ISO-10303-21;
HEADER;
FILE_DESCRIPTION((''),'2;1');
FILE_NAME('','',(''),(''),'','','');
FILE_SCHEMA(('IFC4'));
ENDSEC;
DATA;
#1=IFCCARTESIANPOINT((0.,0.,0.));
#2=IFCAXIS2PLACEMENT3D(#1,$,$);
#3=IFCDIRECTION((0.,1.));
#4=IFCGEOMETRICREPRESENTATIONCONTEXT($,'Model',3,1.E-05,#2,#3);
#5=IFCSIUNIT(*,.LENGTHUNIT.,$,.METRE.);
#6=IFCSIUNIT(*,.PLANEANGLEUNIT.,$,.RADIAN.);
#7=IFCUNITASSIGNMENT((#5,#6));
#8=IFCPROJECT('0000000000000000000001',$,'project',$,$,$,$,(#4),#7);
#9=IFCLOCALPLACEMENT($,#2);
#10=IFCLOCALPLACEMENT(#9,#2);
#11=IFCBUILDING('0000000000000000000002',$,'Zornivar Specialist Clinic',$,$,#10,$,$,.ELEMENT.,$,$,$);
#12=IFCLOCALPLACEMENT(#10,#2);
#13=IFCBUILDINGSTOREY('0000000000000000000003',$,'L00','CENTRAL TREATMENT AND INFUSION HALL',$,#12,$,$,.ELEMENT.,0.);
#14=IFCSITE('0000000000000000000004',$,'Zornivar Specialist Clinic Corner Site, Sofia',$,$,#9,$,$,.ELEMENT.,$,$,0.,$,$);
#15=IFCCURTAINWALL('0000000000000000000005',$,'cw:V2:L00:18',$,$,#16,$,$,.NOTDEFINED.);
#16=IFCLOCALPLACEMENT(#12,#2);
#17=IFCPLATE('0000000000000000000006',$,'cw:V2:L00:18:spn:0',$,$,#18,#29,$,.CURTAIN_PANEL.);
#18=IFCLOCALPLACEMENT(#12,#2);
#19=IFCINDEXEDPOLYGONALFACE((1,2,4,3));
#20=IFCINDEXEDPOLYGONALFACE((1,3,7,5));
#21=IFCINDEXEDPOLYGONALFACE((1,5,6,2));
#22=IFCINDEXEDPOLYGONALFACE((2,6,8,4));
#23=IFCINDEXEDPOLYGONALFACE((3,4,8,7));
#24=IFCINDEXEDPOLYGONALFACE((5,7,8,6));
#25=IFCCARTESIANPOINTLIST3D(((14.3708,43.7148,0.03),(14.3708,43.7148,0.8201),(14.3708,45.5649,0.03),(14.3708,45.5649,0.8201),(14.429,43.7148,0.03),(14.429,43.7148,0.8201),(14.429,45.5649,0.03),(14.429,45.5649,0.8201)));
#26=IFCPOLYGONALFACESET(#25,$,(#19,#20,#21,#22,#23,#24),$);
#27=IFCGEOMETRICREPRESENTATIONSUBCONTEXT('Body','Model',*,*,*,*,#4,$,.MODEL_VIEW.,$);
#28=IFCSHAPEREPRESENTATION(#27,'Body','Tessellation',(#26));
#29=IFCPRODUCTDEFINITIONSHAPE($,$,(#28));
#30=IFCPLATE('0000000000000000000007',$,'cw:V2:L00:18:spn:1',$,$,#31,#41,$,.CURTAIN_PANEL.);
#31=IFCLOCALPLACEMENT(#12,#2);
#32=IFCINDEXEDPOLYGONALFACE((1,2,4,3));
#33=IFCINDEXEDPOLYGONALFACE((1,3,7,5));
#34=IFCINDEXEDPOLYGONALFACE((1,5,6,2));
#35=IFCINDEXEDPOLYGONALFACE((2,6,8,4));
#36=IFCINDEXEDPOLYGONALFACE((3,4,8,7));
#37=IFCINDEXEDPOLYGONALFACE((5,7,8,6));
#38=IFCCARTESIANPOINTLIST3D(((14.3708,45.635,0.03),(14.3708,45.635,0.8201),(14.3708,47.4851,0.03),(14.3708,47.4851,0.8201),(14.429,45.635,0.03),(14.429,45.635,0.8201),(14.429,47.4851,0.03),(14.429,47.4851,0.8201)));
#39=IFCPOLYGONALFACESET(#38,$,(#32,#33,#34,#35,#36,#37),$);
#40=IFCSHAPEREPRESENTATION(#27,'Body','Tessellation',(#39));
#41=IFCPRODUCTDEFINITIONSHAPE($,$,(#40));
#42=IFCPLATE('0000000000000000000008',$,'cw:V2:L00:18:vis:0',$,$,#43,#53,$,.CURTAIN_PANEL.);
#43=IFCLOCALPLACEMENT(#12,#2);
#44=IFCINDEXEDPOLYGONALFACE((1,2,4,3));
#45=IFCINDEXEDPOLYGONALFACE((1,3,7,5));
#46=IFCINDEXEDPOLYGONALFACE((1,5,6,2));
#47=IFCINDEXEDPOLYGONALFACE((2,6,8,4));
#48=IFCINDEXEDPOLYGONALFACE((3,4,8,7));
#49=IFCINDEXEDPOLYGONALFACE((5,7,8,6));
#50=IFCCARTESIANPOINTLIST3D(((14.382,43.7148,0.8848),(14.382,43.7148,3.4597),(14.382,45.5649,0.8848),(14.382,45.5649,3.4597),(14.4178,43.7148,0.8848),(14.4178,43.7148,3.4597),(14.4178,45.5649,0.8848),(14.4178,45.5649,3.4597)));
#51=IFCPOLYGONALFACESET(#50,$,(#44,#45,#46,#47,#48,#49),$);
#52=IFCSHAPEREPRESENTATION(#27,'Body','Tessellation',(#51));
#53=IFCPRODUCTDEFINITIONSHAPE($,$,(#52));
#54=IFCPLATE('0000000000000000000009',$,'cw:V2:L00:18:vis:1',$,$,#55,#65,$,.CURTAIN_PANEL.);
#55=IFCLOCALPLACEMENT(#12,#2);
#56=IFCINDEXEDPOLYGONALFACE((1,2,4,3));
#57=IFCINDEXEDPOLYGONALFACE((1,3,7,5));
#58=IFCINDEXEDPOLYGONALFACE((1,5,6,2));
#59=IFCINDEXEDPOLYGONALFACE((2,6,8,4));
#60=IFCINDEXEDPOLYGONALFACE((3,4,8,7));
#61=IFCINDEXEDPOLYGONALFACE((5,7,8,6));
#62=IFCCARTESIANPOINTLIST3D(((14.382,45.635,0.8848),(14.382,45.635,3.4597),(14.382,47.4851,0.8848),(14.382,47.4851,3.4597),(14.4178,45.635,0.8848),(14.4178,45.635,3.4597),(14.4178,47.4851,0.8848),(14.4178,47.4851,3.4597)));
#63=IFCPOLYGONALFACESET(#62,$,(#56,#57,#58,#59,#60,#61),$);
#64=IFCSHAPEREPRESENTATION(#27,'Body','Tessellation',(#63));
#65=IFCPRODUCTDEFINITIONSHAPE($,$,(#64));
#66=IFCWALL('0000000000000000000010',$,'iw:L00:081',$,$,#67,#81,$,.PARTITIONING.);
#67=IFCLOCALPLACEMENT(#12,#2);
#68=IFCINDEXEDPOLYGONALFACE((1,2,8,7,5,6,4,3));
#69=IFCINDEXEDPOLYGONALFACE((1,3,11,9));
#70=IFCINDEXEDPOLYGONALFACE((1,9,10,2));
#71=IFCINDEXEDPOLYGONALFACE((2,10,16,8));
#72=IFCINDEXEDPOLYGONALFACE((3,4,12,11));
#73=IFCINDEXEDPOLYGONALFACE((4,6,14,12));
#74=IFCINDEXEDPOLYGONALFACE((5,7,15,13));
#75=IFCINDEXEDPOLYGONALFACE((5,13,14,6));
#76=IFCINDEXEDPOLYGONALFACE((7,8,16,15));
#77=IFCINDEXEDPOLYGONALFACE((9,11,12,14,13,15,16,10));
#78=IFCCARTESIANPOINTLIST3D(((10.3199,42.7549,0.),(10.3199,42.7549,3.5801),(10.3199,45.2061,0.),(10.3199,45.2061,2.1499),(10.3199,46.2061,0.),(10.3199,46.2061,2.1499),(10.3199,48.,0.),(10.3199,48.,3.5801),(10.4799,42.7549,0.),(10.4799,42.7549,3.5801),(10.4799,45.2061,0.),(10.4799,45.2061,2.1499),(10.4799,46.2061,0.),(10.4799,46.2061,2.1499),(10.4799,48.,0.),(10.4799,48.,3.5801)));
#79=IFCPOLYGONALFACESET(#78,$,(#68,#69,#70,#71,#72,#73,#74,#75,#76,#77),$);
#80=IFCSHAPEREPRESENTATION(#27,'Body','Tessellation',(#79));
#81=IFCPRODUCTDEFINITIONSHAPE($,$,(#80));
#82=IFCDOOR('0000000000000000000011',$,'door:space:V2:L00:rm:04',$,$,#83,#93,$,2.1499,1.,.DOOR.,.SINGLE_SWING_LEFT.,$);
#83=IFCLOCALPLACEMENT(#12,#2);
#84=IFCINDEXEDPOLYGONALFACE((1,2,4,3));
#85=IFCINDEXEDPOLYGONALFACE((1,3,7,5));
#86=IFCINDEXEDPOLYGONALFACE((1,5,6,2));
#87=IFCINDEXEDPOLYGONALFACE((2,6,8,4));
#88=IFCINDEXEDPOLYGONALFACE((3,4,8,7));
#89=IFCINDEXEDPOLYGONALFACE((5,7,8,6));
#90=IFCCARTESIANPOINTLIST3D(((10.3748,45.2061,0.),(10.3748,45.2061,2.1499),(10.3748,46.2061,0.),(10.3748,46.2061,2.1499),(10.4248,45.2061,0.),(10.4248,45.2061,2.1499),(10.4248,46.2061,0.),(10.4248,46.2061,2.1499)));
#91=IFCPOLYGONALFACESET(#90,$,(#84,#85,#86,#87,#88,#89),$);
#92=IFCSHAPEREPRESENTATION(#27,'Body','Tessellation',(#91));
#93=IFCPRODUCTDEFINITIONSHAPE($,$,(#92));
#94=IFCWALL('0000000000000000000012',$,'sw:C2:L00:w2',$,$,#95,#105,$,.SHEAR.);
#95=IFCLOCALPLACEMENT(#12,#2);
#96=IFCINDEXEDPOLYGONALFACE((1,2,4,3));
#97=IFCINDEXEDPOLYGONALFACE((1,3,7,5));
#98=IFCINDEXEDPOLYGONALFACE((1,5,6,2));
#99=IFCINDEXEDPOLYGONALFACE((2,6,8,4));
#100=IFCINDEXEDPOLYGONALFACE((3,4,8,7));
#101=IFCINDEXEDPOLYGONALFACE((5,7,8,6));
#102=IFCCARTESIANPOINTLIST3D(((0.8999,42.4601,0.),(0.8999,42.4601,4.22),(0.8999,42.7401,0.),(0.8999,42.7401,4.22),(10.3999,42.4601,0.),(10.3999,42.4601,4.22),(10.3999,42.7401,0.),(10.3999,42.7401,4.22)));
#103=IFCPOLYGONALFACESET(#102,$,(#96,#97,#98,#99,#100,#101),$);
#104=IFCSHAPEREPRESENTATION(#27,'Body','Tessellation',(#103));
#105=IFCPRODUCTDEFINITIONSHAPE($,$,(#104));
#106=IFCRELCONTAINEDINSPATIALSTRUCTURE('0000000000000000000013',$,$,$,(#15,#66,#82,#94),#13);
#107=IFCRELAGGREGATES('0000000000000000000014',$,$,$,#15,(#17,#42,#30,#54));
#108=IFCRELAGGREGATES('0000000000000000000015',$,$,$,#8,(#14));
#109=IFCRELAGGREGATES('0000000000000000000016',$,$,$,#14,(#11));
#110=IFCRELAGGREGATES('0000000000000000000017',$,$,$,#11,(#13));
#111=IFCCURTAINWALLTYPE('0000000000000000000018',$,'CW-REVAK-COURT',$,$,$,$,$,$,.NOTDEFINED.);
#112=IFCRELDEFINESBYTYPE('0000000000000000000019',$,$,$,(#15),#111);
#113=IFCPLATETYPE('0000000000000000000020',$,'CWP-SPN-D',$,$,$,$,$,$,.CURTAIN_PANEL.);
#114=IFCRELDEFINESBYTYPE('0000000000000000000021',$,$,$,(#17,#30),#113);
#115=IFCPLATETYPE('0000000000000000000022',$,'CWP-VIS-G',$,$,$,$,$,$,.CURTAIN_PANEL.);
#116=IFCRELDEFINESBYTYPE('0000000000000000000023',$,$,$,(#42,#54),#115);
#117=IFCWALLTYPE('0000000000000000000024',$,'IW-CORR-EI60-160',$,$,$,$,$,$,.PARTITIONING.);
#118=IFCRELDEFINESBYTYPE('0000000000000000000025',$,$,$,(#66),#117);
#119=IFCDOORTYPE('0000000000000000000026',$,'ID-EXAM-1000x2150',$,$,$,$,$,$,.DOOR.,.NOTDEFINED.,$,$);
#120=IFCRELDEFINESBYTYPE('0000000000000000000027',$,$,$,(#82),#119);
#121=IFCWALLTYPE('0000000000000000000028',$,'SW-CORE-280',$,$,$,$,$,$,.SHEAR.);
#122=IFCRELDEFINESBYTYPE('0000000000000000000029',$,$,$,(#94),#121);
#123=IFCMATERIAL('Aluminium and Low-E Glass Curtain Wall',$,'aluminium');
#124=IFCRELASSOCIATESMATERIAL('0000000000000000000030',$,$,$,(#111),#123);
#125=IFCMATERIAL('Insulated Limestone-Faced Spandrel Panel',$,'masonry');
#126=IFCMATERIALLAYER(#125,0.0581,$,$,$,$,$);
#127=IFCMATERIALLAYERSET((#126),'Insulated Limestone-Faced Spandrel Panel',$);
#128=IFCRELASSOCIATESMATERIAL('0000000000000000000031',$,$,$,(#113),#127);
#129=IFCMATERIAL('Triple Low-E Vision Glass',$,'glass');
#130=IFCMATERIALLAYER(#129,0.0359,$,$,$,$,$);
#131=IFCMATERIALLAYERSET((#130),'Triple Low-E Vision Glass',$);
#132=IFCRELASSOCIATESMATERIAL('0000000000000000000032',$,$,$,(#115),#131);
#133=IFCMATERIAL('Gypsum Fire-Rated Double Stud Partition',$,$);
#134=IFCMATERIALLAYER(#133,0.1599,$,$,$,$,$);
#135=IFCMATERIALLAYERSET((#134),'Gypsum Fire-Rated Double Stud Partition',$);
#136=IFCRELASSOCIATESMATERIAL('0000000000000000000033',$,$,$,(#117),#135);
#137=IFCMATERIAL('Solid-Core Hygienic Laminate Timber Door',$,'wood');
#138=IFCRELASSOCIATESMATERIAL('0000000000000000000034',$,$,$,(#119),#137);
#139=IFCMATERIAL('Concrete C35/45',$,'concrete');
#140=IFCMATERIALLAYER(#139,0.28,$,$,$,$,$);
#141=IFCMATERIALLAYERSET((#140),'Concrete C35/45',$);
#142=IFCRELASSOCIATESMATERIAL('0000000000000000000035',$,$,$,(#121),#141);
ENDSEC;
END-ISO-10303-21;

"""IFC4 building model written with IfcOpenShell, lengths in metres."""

from ifc_helpers import new_model, si_unit, direction, frame, frame_2d, origin, origin_2d, place, context, subcontext, project, spatial, rectangle, extrude, material, layer, layer_set, type_object, element, fill, aggregate, save


model = new_model("IFC4")

# Units and contexts
model_context = context("Model", 3, precision=1e-05, world=origin(), true_north=direction((0.0, 1.0)))
body_context = subcontext(model_context, "Body", "Model", "MODEL_VIEW")
ifc_project = project(units=[si_unit("LENGTHUNIT", "METRE"), si_unit("PLANEANGLEUNIT", "RADIAN")], contexts=[model_context])

# Site, building, storey
site_placement = place(None, origin())
site = spatial("IfcSite", under=ifc_project, at=site_placement, Name="Zornivar Specialist Clinic Corner Site, Sofia", CompositionType="ELEMENT", RefElevation=0.0)
building_placement = place(site_placement, origin())
building = spatial("IfcBuilding", under=site, at=building_placement, Name="Zornivar Specialist Clinic", CompositionType="ELEMENT")
storey_placement = place(building_placement, origin())
storey = spatial("IfcBuildingStorey", under=building, at=storey_placement, Name="L00", Description="CENTRAL TREATMENT AND INFUSION HALL", CompositionType="ELEMENT", Elevation=0.0)

# Curtain wall, plates
ifc_material_1 = material(Name="Aluminium and Low-E Glass Curtain Wall", Category="aluminium")
curtain_wall_type = type_object("IfcCurtainWallType", Name="CW-REVAK-COURT", PredefinedType="NOTDEFINED", material=ifc_material_1)
curtain_wall_placement = place(storey_placement, origin())
curtain_wall = element("IfcCurtainWall", 1, at=curtain_wall_placement, inside=storey, type_object=curtain_wall_type, Name="cw:V2:L00:18", PredefinedType="NOTDEFINED")
ifc_material_2 = material(Name="Insulated Limestone-Faced Spandrel Panel", Category="masonry")
ifc_layer_1 = layer(ifc_material_2, 0.0581)
ifc_layer_set_1 = layer_set([ifc_layer_1], Name="Insulated Limestone-Faced Spandrel Panel")
plate_type_1 = type_object("IfcPlateType", Name="CWP-SPN-D", PredefinedType="CURTAIN_PANEL", material=ifc_layer_set_1)
plate_1_placement = place(storey_placement, frame((14.3999, 44.6399, 0.03), z_axis=(0.0, 0.0, 1.0), x_axis=(0.0, 1.0, 0.0)))
plate_1 = element("IfcPlate", 2, at=plate_1_placement, type_object=plate_type_1, Name="cw:V2:L00:18:spn:0", PredefinedType="CURTAIN_PANEL", context=body_context, shape_type="SweptSolid", body=[
    extrude(rectangle(XDim=1.8501, YDim=0.0581, at=origin_2d()), origin(), (0.0, 0.0, 1.0), 0.79),
])
plate_2_placement = place(storey_placement, frame((14.3999, 46.5601, 0.03), z_axis=(0.0, 0.0, 1.0), x_axis=(0.0, 1.0, 0.0)))
plate_2 = element("IfcPlate", 3, at=plate_2_placement, type_object=plate_type_1, Name="cw:V2:L00:18:spn:1", PredefinedType="CURTAIN_PANEL", context=body_context, shape_type="SweptSolid", body=[
    extrude(rectangle(XDim=1.8501, YDim=0.0581, at=origin_2d()), origin(), (0.0, 0.0, 1.0), 0.79),
])
ifc_material_3 = material(Name="Triple Low-E Vision Glass", Category="glass")
ifc_layer_2 = layer(ifc_material_3, 0.0359)
ifc_layer_set_2 = layer_set([ifc_layer_2], Name="Triple Low-E Vision Glass")
plate_type_2 = type_object("IfcPlateType", Name="CWP-VIS-G", PredefinedType="CURTAIN_PANEL", material=ifc_layer_set_2)
plate_3_placement = place(storey_placement, frame((14.3999, 44.6399, 0.8848), z_axis=(0.0, 0.0, 1.0), x_axis=(0.0, 1.0, 0.0)))
plate_3 = element("IfcPlate", 4, at=plate_3_placement, type_object=plate_type_2, Name="cw:V2:L00:18:vis:0", PredefinedType="CURTAIN_PANEL", context=body_context, shape_type="SweptSolid", body=[
    extrude(rectangle(XDim=1.8501, YDim=0.0359, at=origin_2d()), origin(), (0.0, 0.0, 1.0), 2.575),
])
plate_4_placement = place(storey_placement, frame((14.3999, 46.5601, 0.8848), z_axis=(0.0, 0.0, 1.0), x_axis=(0.0, 1.0, 0.0)))
plate_4 = element("IfcPlate", 5, at=plate_4_placement, type_object=plate_type_2, Name="cw:V2:L00:18:vis:1", PredefinedType="CURTAIN_PANEL", context=body_context, shape_type="SweptSolid", body=[
    extrude(rectangle(XDim=1.8501, YDim=0.0359, at=origin_2d()), origin(), (0.0, 0.0, 1.0), 2.575),
])
aggregate(curtain_wall, [plate_1, plate_3, plate_2, plate_4])

# Wall, opening, door
ifc_material_4 = material(Name="Gypsum Fire-Rated Double Stud Partition")
ifc_layer_3 = layer(ifc_material_4, 0.1599)
ifc_layer_set_3 = layer_set([ifc_layer_3], Name="Gypsum Fire-Rated Double Stud Partition")
wall_type_1 = type_object("IfcWallType", Name="IW-CORR-EI60-160", PredefinedType="PARTITIONING", material=ifc_layer_set_3)
wall_1_placement = place(storey_placement, frame((10.3999, 48.0, 0.0), z_axis=(0.0, 0.0, 1.0), x_axis=(0.0, -1.0, 0.0)))
wall_1 = element("IfcWall", 6, at=wall_1_placement, inside=storey, type_object=wall_type_1, Name="iw:L00:081", PredefinedType="PARTITIONING", context=body_context, shape_type="SweptSolid", body=[
    extrude(rectangle(XDim=5.2451, YDim=0.1599, at=frame_2d((2.6226, 0.0))), origin(), (0.0, 0.0, 1.0), 3.5801),
])
opening_placement = place(wall_1_placement, frame((1.7939, 0.0, 0.0)))
opening = element("IfcOpeningElement", 7, at=opening_placement, cuts=wall_1, PredefinedType="OPENING", context=body_context, shape_type="SweptSolid", body=[
    extrude(rectangle(XDim=1.0, YDim=2.1499, at=frame_2d((0.5, 1.075))), frame((0.0, 0.0898, 0.0), z_axis=(0.0, -1.0, 0.0), x_axis=(1.0, 0.0, 0.0)), (0.0, 0.0, 1.0), 0.1799),
])
ifc_material_5 = material(Name="Solid-Core Hygienic Laminate Timber Door", Category="wood")
door_type = type_object("IfcDoorType", Name="ID-EXAM-1000x2150", OperationType="NOTDEFINED", PredefinedType="DOOR", material=ifc_material_5)
door_placement = place(opening_placement, origin())
door = element("IfcDoor", 8, at=door_placement, inside=storey, type_object=door_type, Name="door:space:V2:L00:rm:04", OperationType="SINGLE_SWING_LEFT", OverallHeight=2.1499, OverallWidth=1.0, PredefinedType="DOOR", context=body_context, shape_type="SweptSolid", body=[
    extrude(rectangle(XDim=1.0, YDim=2.1499, at=frame_2d((0.5, 1.075))), frame((0.0, 0.0249, 0.0), z_axis=(0.0, -1.0, 0.0), x_axis=(1.0, 0.0, 0.0)), (0.0, 0.0, 1.0), 0.05),
])
fill(opening, door)

# Wall
ifc_material_6 = material(Name="Concrete C35/45", Category="concrete")
ifc_layer_4 = layer(ifc_material_6, 0.28)
ifc_layer_set_4 = layer_set([ifc_layer_4], Name="Concrete C35/45")
wall_type_2 = type_object("IfcWallType", Name="SW-CORE-280", PredefinedType="SHEAR", material=ifc_layer_set_4)
wall_2_placement = place(storey_placement, frame((10.3999, 42.6001, 0.0), z_axis=(0.0, 0.0, 1.0), x_axis=(-1.0, 0.0, 0.0)))
element("IfcWall", 9, at=wall_2_placement, inside=storey, type_object=wall_type_2, Name="sw:C2:L00:w2", PredefinedType="SHEAR", context=body_context, shape_type="SweptSolid", body=[
    extrude(rectangle(XDim=9.5, YDim=0.28, at=frame_2d((4.75, 0.0))), origin(), (0.0, 0.0, 1.0), 4.22),
])

save(model, "model.ifc")
